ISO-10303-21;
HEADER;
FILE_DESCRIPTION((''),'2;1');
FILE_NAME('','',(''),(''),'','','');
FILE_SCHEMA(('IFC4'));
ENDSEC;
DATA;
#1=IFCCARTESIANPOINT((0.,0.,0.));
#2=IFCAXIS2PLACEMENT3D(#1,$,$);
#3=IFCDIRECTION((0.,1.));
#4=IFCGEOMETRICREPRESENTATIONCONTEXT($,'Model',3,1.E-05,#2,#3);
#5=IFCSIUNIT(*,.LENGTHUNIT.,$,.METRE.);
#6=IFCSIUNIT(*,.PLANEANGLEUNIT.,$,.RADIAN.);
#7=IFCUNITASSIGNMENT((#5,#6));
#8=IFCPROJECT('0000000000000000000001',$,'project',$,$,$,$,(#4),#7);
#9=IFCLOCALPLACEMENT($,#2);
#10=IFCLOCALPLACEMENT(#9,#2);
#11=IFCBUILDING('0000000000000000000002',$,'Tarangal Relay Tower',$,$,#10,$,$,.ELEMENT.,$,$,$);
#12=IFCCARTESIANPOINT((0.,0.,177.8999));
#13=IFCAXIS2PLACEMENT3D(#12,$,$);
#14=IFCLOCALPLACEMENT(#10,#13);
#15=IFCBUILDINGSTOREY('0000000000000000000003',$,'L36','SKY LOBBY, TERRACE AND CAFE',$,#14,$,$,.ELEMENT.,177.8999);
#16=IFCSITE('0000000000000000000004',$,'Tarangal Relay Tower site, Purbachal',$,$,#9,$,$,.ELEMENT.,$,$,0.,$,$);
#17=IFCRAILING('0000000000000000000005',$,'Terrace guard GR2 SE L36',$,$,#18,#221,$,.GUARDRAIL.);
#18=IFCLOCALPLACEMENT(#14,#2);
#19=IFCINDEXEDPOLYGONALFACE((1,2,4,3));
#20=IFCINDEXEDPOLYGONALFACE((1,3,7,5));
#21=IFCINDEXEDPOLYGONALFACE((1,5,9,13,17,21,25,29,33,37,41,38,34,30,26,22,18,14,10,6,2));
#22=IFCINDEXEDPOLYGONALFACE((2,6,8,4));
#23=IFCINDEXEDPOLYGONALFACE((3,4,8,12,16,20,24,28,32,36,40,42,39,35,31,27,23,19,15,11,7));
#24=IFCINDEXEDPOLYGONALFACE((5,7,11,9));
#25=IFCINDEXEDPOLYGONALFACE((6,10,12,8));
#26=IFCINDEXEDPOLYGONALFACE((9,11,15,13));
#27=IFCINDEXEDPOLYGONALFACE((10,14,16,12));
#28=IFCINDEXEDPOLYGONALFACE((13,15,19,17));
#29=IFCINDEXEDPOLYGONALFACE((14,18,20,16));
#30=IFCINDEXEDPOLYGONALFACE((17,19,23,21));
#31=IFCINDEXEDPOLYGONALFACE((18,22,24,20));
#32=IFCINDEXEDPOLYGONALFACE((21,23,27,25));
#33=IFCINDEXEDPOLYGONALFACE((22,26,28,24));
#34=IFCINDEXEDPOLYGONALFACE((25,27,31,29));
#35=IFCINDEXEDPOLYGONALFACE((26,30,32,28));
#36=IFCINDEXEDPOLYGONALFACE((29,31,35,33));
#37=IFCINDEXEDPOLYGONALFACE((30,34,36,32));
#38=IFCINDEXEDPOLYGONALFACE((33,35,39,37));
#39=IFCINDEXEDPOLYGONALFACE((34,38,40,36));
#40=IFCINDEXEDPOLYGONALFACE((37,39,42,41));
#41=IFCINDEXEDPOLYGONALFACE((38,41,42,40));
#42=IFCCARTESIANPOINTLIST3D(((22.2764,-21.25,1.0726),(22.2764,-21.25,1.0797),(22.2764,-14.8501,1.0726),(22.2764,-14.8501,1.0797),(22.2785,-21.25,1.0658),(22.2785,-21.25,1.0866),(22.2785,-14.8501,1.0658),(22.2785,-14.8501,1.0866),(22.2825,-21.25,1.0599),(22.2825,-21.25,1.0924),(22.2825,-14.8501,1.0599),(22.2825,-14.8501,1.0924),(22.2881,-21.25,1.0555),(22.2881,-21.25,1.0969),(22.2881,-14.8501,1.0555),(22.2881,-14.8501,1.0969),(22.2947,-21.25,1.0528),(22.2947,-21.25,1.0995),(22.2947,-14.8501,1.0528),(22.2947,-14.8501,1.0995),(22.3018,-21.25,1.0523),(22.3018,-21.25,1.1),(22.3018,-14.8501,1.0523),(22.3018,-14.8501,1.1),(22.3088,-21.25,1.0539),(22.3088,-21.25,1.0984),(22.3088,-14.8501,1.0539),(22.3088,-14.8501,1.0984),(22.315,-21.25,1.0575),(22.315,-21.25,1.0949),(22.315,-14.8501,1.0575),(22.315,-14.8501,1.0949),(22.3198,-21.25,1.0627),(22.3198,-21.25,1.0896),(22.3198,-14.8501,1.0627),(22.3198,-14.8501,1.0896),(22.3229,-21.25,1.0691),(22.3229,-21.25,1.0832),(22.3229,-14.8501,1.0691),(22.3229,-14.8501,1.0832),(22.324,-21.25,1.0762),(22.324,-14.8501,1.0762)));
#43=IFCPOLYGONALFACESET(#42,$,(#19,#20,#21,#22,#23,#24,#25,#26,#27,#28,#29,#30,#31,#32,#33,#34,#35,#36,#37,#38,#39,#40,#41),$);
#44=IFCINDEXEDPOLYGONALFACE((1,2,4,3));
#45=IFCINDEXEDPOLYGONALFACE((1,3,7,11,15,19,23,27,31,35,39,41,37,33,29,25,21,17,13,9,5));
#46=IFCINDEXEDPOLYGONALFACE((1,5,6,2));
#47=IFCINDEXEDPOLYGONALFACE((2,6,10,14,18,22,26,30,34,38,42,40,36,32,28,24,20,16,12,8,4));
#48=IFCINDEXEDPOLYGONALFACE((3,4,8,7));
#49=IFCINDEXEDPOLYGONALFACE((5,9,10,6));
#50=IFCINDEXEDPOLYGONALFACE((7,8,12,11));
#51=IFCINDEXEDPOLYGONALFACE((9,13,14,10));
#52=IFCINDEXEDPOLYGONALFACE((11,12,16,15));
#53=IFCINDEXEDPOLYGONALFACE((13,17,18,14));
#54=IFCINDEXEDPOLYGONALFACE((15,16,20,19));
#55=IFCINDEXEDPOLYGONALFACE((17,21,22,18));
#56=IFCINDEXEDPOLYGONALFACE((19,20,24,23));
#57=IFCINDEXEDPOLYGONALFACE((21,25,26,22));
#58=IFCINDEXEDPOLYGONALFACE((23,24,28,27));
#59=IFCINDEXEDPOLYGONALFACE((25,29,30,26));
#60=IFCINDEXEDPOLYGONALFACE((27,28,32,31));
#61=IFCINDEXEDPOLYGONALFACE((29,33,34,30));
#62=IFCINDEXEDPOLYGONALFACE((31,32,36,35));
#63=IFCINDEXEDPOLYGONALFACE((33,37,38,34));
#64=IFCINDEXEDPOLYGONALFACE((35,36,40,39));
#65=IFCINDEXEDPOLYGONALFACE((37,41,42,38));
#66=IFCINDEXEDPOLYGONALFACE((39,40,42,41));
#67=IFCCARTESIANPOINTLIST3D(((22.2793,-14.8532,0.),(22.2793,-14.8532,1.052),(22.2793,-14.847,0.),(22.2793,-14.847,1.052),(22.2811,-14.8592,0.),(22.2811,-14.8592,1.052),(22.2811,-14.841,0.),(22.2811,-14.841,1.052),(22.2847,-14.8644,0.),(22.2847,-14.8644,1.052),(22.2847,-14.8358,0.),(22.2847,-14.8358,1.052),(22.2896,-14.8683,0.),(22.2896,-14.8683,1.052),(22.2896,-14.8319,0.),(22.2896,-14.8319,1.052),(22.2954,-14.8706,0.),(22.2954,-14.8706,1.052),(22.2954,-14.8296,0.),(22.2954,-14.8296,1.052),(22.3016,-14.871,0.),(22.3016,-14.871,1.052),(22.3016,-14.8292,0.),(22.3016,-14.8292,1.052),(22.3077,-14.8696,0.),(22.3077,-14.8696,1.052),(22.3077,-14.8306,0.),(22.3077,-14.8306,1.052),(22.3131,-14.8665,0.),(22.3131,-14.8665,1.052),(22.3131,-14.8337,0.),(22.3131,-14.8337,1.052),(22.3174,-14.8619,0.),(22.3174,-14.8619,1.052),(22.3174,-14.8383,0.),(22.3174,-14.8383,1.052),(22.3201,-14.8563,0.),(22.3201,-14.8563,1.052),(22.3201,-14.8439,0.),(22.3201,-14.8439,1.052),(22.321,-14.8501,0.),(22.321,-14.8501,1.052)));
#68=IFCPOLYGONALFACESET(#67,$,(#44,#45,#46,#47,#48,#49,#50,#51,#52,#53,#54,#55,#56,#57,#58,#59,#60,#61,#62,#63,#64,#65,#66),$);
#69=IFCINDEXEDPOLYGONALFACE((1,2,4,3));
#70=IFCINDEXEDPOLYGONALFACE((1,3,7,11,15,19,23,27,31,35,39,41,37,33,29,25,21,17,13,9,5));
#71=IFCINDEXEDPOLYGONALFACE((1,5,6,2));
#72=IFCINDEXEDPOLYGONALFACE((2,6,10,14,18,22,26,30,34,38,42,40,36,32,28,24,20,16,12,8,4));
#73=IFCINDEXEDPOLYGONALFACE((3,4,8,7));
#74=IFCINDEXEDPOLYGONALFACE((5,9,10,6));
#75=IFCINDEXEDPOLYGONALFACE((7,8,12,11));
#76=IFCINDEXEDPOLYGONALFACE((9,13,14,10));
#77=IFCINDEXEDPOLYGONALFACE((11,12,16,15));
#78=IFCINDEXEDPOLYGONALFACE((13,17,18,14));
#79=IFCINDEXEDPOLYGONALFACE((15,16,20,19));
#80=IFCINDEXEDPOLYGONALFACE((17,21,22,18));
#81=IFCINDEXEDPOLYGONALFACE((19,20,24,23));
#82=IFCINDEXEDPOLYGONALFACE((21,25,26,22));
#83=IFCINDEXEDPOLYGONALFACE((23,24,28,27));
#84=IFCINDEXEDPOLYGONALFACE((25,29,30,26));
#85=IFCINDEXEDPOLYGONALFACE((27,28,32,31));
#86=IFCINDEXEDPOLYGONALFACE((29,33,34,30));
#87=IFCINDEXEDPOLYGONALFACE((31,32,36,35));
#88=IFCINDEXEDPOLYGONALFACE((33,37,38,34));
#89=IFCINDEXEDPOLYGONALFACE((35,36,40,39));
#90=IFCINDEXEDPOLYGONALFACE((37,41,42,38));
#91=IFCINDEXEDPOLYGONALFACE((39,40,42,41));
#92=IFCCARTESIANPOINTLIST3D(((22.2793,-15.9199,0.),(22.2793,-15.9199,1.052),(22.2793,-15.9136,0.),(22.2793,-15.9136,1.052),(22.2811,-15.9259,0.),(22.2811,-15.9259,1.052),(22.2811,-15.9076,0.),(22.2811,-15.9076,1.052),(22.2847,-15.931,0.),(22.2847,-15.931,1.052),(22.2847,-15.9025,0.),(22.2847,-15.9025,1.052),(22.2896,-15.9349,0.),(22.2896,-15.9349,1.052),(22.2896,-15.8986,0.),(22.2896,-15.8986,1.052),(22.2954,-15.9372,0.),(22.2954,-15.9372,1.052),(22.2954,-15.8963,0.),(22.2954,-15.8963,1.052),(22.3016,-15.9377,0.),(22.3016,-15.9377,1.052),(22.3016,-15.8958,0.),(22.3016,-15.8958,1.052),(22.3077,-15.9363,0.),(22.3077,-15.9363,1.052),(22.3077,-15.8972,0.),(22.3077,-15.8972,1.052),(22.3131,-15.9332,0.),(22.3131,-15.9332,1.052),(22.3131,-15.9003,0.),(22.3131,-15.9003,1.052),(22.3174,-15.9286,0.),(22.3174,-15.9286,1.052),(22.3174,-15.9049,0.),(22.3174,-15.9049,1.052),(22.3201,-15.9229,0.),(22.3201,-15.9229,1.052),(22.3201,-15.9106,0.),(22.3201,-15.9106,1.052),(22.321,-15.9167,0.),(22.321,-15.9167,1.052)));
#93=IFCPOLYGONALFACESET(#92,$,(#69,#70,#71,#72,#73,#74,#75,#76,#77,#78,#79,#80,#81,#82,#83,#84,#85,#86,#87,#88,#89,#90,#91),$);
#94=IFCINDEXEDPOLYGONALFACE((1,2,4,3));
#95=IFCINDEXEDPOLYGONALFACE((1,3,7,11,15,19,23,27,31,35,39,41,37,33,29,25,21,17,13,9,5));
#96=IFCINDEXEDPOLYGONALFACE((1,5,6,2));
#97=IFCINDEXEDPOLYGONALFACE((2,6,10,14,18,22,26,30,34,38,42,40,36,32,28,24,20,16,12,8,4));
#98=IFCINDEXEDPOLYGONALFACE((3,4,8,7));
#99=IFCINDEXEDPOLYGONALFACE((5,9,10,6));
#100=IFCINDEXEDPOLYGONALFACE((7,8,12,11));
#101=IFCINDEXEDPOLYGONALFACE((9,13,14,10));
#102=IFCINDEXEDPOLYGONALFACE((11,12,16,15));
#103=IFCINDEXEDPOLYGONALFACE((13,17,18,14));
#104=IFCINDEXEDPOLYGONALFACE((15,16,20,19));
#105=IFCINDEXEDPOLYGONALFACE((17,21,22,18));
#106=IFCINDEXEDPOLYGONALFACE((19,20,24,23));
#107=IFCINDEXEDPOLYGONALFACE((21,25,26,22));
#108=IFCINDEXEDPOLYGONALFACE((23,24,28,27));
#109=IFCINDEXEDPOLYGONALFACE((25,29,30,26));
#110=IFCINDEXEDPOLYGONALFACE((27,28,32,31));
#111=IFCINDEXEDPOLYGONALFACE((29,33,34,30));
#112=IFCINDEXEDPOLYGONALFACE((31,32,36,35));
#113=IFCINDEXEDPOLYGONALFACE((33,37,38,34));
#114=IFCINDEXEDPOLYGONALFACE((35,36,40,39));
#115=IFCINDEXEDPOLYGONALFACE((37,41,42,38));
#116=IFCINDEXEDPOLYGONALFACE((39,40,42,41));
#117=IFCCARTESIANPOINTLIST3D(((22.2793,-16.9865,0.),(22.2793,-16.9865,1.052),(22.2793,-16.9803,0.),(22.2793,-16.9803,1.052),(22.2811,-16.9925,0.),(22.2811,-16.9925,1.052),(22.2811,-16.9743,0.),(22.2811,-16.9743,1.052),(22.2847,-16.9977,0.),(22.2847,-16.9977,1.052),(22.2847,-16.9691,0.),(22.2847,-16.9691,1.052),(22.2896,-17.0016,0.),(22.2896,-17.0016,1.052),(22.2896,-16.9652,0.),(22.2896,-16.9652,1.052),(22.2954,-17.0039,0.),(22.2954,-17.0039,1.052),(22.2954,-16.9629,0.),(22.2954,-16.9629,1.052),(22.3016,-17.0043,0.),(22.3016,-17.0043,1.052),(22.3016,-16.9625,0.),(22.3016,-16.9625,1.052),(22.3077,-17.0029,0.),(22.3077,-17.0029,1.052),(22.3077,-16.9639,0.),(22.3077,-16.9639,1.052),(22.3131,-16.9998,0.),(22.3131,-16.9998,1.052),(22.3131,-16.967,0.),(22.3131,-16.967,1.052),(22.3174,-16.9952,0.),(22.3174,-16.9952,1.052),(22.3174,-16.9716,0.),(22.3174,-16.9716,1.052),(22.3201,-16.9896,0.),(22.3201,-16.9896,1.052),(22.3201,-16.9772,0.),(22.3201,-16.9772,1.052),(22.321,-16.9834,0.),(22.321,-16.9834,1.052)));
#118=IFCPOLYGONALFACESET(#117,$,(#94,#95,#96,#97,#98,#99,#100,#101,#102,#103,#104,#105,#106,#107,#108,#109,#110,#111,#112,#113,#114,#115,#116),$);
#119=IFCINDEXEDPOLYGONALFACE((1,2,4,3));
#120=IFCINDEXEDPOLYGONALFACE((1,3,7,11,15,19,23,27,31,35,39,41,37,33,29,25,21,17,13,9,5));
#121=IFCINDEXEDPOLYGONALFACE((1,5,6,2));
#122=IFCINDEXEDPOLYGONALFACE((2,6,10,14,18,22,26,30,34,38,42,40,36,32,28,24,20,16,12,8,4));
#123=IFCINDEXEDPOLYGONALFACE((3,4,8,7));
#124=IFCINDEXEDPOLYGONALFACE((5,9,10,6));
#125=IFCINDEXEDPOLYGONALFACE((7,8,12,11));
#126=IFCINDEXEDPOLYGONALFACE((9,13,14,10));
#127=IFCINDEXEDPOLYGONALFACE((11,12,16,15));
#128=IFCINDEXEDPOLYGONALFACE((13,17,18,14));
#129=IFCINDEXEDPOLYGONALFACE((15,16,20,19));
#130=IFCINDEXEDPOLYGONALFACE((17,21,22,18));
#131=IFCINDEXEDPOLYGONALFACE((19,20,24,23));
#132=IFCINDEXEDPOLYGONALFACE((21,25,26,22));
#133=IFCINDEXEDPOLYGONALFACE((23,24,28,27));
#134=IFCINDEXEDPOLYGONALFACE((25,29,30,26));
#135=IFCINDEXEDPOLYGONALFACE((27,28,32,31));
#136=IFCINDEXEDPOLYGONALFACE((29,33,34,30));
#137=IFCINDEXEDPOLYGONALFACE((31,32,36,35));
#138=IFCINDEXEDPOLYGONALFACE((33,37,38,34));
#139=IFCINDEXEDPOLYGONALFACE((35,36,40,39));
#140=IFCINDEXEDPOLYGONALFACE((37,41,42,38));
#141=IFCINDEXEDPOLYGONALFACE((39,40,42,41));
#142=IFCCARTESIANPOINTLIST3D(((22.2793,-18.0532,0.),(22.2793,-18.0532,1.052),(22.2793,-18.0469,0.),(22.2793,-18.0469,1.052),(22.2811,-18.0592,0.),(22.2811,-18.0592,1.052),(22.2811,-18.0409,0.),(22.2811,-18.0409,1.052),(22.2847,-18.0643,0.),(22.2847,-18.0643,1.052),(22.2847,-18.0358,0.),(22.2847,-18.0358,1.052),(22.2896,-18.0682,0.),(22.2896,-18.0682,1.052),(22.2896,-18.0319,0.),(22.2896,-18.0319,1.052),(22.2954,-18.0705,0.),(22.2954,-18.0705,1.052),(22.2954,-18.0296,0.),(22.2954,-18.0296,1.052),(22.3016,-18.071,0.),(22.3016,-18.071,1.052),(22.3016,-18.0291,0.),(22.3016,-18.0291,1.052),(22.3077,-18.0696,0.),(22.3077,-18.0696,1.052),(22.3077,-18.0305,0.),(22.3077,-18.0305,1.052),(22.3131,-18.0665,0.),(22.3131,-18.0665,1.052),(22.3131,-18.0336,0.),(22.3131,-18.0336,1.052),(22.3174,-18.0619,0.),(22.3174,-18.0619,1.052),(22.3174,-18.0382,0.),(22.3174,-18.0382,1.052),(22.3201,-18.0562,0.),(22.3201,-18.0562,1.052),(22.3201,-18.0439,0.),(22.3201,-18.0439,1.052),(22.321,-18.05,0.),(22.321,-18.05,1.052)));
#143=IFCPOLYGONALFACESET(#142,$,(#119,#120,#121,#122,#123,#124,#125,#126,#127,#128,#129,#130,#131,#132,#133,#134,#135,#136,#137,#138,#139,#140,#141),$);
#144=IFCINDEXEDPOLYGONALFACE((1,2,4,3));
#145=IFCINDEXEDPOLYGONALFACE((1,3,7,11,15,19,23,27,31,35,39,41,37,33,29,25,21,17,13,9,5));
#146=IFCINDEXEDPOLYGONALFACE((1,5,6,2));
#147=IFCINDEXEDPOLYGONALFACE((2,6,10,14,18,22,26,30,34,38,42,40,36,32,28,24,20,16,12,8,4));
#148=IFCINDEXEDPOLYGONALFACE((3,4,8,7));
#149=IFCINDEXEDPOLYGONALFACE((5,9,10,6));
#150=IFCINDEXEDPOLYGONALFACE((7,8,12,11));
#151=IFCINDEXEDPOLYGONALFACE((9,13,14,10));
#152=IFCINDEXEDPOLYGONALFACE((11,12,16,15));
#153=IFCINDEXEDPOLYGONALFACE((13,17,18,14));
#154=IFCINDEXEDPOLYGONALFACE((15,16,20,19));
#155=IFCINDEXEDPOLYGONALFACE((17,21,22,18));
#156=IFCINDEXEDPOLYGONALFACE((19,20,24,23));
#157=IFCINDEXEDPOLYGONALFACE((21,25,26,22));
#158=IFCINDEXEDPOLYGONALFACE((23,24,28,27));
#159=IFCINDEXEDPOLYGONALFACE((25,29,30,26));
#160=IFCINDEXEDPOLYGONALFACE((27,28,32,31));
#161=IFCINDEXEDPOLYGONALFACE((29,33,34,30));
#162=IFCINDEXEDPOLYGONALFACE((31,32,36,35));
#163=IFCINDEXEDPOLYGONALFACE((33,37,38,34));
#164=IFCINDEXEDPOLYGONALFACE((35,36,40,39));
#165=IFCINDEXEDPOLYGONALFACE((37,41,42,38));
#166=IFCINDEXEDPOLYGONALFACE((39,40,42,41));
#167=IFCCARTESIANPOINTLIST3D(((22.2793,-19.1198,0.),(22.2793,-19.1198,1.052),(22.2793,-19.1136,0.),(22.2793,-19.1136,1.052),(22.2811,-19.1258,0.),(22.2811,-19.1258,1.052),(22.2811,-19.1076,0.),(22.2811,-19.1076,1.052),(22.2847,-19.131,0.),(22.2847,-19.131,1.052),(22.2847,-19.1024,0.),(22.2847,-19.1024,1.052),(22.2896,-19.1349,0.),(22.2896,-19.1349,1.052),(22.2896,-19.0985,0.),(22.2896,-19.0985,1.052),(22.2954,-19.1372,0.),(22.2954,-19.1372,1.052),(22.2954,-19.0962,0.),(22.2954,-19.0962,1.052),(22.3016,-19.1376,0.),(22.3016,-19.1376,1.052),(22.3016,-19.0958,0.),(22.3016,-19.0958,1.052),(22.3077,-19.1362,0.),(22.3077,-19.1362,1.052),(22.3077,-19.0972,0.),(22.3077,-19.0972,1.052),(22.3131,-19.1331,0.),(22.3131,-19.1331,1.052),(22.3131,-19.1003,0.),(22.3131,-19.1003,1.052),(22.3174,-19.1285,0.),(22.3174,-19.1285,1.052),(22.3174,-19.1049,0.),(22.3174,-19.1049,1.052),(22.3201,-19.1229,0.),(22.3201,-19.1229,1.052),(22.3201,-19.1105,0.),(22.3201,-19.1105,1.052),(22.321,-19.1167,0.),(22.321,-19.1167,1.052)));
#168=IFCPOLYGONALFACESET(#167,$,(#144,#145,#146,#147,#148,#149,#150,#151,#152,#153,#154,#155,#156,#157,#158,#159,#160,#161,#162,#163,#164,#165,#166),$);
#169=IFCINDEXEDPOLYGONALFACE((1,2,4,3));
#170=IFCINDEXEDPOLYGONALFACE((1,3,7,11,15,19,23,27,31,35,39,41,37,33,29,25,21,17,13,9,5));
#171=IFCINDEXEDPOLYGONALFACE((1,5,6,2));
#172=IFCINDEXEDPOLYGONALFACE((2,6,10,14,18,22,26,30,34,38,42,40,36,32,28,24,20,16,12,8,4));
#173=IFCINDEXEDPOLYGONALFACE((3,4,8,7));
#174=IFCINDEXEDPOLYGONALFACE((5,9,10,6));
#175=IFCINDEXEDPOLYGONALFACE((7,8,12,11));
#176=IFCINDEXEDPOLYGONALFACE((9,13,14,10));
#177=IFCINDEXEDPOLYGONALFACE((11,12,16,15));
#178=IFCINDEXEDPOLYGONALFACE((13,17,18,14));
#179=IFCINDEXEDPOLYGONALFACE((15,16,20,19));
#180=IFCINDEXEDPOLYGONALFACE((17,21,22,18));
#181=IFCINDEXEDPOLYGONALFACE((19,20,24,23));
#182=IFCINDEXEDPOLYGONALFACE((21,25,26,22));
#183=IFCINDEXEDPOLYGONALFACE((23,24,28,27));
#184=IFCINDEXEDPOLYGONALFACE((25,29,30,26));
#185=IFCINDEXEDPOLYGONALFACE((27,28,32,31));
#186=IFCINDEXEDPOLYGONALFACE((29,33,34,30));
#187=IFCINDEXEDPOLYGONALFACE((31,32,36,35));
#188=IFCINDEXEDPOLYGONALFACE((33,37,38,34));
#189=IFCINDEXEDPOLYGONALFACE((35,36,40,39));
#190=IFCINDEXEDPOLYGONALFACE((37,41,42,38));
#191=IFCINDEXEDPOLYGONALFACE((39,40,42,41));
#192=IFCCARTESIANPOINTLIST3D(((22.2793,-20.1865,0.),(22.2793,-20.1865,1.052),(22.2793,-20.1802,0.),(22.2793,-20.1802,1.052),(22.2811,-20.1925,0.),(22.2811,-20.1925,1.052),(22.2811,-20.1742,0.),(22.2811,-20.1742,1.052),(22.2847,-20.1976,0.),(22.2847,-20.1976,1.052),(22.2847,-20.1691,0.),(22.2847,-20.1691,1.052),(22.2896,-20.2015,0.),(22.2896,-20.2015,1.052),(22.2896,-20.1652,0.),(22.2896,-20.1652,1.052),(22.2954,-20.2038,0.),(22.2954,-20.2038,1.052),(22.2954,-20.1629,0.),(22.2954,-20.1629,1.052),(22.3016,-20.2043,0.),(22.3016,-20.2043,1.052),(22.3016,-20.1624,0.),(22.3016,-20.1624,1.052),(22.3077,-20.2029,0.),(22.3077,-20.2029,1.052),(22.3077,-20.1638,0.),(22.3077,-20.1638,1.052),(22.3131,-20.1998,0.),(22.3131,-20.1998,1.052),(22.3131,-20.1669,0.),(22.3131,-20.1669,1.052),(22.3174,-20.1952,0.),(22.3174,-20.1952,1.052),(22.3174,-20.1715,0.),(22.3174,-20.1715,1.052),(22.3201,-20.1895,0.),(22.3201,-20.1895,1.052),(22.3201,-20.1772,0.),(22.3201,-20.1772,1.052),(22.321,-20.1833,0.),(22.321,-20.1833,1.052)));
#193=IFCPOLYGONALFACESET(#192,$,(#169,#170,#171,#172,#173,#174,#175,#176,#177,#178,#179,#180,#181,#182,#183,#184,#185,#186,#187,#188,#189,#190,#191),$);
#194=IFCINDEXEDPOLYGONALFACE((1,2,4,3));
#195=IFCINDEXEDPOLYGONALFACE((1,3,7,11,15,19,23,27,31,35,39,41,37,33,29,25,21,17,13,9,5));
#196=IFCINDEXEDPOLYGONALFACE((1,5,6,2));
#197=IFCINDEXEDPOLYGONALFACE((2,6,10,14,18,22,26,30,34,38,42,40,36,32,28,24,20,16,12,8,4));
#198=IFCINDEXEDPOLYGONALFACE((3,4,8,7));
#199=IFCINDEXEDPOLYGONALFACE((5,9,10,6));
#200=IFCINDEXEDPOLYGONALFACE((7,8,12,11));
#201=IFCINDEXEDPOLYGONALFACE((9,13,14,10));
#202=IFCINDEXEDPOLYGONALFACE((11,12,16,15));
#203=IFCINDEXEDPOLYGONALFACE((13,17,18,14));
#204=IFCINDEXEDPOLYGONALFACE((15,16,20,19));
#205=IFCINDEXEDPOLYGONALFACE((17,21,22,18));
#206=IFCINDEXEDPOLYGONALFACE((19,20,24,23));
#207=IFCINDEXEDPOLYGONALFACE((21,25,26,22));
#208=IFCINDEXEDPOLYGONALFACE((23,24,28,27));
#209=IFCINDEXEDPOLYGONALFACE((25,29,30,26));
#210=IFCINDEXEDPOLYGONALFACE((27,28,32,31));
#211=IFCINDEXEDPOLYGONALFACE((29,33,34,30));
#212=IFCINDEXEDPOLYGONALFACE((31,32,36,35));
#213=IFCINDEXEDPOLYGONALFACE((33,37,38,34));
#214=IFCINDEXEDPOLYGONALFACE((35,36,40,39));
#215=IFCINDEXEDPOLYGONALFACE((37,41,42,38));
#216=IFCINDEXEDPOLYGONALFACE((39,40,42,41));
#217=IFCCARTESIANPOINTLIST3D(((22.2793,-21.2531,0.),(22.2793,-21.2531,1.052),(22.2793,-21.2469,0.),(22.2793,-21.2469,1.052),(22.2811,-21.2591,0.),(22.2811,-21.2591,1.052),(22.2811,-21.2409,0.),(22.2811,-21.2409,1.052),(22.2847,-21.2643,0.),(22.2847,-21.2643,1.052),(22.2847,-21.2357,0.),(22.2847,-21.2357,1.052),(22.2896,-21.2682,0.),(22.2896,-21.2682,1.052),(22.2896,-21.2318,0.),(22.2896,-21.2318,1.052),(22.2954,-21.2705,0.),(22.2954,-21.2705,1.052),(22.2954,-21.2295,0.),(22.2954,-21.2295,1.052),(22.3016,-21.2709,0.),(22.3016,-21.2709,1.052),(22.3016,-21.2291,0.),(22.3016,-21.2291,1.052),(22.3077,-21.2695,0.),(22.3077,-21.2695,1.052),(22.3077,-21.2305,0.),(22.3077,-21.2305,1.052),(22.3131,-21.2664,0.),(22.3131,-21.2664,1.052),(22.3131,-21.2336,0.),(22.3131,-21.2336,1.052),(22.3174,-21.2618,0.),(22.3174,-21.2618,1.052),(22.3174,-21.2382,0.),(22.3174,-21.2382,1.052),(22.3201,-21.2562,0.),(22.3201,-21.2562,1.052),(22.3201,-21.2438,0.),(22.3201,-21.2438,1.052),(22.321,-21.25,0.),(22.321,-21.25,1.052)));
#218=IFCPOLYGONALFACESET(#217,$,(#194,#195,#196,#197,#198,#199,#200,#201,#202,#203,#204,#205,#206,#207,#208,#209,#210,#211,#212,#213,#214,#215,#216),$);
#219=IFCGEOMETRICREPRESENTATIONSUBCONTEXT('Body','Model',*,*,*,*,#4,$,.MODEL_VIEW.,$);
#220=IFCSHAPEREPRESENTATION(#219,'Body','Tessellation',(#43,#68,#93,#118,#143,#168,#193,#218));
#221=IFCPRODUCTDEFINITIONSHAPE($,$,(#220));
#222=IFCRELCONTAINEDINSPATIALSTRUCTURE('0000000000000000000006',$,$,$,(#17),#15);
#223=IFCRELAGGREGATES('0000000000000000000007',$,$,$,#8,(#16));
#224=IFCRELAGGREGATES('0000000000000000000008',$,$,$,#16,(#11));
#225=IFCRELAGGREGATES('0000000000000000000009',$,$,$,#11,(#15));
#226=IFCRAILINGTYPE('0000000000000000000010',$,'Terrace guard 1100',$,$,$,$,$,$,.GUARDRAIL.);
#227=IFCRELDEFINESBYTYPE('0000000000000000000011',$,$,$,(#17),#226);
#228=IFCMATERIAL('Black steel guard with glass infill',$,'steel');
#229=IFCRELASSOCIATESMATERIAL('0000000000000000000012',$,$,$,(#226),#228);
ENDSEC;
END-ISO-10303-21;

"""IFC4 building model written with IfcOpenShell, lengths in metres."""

from ifc_helpers import new_model, si_unit, direction, frame, origin, origin_2d, place, context, subcontext, project, spatial, circle, extrude, material, type_object, element, save


model = new_model("IFC4")

# Units and contexts
model_context = context("Model", 3, precision=1e-05, world=origin(), true_north=direction((0.0, 1.0)))
body_context = subcontext(model_context, "Body", "Model", "MODEL_VIEW")
ifc_project = project(units=[si_unit("LENGTHUNIT", "METRE"), si_unit("PLANEANGLEUNIT", "RADIAN")], contexts=[model_context])

# Site, building, storey
site_placement = place(None, origin())
site = spatial("IfcSite", under=ifc_project, at=site_placement, Name="Tarangal Relay Tower site, Purbachal", CompositionType="ELEMENT", RefElevation=0.0)
building_placement = place(site_placement, origin())
building = spatial("IfcBuilding", under=site, at=building_placement, Name="Tarangal Relay Tower", CompositionType="ELEMENT")
storey_placement = place(building_placement, frame((0.0, 0.0, 177.8999)))
storey = spatial("IfcBuildingStorey", under=building, at=storey_placement, Name="L36", Description="SKY LOBBY, TERRACE AND CAFE", CompositionType="ELEMENT", Elevation=177.8999)

# Railing
ifc_material_1 = material(Name="Black steel guard with glass infill", Category="steel")
railing_type = type_object("IfcRailingType", Name="Terrace guard 1100", PredefinedType="GUARDRAIL", material=ifc_material_1)
railing_1_placement = place(storey_placement, frame((22.3, -14.8501, 0.0)))
element("IfcRailing", 1, at=railing_1_placement, inside=storey, type_object=railing_type, Name="Terrace guard GR2 SE L36", PredefinedType="GUARDRAIL", context=body_context, shape_type="SweptSolid", body=[
    extrude(circle(Radius=0.0239, at=origin_2d()), frame((0.0, 0.0, 1.0762), z_axis=(0.0, -1.0, 0.0), x_axis=(1.0, 0.0, 0.0)), (0.0, 0.0, 1.0), 6.3999),
    extrude(circle(Radius=0.021, at=origin_2d()), origin(), (0.0, 0.0, 1.0), 1.052),
    extrude(circle(Radius=0.021, at=origin_2d()), frame((0.0, -1.0667, 0.0)), (0.0, 0.0, 1.0), 1.052),
    extrude(circle(Radius=0.021, at=origin_2d()), frame((0.0, -2.1333, 0.0)), (0.0, 0.0, 1.0), 1.052),
    extrude(circle(Radius=0.021, at=origin_2d()), frame((0.0, -3.2, 0.0)), (0.0, 0.0, 1.0), 1.052),
    extrude(circle(Radius=0.021, at=origin_2d()), frame((0.0, -4.2666, 0.0)), (0.0, 0.0, 1.0), 1.052),
    extrude(circle(Radius=0.021, at=origin_2d()), frame((0.0, -5.3333, 0.0)), (0.0, 0.0, 1.0), 1.052),
    extrude(circle(Radius=0.021, at=origin_2d()), frame((0.0, -6.3999, 0.0)), (0.0, 0.0, 1.0), 1.052),
])

save(model, "model.ifc")
